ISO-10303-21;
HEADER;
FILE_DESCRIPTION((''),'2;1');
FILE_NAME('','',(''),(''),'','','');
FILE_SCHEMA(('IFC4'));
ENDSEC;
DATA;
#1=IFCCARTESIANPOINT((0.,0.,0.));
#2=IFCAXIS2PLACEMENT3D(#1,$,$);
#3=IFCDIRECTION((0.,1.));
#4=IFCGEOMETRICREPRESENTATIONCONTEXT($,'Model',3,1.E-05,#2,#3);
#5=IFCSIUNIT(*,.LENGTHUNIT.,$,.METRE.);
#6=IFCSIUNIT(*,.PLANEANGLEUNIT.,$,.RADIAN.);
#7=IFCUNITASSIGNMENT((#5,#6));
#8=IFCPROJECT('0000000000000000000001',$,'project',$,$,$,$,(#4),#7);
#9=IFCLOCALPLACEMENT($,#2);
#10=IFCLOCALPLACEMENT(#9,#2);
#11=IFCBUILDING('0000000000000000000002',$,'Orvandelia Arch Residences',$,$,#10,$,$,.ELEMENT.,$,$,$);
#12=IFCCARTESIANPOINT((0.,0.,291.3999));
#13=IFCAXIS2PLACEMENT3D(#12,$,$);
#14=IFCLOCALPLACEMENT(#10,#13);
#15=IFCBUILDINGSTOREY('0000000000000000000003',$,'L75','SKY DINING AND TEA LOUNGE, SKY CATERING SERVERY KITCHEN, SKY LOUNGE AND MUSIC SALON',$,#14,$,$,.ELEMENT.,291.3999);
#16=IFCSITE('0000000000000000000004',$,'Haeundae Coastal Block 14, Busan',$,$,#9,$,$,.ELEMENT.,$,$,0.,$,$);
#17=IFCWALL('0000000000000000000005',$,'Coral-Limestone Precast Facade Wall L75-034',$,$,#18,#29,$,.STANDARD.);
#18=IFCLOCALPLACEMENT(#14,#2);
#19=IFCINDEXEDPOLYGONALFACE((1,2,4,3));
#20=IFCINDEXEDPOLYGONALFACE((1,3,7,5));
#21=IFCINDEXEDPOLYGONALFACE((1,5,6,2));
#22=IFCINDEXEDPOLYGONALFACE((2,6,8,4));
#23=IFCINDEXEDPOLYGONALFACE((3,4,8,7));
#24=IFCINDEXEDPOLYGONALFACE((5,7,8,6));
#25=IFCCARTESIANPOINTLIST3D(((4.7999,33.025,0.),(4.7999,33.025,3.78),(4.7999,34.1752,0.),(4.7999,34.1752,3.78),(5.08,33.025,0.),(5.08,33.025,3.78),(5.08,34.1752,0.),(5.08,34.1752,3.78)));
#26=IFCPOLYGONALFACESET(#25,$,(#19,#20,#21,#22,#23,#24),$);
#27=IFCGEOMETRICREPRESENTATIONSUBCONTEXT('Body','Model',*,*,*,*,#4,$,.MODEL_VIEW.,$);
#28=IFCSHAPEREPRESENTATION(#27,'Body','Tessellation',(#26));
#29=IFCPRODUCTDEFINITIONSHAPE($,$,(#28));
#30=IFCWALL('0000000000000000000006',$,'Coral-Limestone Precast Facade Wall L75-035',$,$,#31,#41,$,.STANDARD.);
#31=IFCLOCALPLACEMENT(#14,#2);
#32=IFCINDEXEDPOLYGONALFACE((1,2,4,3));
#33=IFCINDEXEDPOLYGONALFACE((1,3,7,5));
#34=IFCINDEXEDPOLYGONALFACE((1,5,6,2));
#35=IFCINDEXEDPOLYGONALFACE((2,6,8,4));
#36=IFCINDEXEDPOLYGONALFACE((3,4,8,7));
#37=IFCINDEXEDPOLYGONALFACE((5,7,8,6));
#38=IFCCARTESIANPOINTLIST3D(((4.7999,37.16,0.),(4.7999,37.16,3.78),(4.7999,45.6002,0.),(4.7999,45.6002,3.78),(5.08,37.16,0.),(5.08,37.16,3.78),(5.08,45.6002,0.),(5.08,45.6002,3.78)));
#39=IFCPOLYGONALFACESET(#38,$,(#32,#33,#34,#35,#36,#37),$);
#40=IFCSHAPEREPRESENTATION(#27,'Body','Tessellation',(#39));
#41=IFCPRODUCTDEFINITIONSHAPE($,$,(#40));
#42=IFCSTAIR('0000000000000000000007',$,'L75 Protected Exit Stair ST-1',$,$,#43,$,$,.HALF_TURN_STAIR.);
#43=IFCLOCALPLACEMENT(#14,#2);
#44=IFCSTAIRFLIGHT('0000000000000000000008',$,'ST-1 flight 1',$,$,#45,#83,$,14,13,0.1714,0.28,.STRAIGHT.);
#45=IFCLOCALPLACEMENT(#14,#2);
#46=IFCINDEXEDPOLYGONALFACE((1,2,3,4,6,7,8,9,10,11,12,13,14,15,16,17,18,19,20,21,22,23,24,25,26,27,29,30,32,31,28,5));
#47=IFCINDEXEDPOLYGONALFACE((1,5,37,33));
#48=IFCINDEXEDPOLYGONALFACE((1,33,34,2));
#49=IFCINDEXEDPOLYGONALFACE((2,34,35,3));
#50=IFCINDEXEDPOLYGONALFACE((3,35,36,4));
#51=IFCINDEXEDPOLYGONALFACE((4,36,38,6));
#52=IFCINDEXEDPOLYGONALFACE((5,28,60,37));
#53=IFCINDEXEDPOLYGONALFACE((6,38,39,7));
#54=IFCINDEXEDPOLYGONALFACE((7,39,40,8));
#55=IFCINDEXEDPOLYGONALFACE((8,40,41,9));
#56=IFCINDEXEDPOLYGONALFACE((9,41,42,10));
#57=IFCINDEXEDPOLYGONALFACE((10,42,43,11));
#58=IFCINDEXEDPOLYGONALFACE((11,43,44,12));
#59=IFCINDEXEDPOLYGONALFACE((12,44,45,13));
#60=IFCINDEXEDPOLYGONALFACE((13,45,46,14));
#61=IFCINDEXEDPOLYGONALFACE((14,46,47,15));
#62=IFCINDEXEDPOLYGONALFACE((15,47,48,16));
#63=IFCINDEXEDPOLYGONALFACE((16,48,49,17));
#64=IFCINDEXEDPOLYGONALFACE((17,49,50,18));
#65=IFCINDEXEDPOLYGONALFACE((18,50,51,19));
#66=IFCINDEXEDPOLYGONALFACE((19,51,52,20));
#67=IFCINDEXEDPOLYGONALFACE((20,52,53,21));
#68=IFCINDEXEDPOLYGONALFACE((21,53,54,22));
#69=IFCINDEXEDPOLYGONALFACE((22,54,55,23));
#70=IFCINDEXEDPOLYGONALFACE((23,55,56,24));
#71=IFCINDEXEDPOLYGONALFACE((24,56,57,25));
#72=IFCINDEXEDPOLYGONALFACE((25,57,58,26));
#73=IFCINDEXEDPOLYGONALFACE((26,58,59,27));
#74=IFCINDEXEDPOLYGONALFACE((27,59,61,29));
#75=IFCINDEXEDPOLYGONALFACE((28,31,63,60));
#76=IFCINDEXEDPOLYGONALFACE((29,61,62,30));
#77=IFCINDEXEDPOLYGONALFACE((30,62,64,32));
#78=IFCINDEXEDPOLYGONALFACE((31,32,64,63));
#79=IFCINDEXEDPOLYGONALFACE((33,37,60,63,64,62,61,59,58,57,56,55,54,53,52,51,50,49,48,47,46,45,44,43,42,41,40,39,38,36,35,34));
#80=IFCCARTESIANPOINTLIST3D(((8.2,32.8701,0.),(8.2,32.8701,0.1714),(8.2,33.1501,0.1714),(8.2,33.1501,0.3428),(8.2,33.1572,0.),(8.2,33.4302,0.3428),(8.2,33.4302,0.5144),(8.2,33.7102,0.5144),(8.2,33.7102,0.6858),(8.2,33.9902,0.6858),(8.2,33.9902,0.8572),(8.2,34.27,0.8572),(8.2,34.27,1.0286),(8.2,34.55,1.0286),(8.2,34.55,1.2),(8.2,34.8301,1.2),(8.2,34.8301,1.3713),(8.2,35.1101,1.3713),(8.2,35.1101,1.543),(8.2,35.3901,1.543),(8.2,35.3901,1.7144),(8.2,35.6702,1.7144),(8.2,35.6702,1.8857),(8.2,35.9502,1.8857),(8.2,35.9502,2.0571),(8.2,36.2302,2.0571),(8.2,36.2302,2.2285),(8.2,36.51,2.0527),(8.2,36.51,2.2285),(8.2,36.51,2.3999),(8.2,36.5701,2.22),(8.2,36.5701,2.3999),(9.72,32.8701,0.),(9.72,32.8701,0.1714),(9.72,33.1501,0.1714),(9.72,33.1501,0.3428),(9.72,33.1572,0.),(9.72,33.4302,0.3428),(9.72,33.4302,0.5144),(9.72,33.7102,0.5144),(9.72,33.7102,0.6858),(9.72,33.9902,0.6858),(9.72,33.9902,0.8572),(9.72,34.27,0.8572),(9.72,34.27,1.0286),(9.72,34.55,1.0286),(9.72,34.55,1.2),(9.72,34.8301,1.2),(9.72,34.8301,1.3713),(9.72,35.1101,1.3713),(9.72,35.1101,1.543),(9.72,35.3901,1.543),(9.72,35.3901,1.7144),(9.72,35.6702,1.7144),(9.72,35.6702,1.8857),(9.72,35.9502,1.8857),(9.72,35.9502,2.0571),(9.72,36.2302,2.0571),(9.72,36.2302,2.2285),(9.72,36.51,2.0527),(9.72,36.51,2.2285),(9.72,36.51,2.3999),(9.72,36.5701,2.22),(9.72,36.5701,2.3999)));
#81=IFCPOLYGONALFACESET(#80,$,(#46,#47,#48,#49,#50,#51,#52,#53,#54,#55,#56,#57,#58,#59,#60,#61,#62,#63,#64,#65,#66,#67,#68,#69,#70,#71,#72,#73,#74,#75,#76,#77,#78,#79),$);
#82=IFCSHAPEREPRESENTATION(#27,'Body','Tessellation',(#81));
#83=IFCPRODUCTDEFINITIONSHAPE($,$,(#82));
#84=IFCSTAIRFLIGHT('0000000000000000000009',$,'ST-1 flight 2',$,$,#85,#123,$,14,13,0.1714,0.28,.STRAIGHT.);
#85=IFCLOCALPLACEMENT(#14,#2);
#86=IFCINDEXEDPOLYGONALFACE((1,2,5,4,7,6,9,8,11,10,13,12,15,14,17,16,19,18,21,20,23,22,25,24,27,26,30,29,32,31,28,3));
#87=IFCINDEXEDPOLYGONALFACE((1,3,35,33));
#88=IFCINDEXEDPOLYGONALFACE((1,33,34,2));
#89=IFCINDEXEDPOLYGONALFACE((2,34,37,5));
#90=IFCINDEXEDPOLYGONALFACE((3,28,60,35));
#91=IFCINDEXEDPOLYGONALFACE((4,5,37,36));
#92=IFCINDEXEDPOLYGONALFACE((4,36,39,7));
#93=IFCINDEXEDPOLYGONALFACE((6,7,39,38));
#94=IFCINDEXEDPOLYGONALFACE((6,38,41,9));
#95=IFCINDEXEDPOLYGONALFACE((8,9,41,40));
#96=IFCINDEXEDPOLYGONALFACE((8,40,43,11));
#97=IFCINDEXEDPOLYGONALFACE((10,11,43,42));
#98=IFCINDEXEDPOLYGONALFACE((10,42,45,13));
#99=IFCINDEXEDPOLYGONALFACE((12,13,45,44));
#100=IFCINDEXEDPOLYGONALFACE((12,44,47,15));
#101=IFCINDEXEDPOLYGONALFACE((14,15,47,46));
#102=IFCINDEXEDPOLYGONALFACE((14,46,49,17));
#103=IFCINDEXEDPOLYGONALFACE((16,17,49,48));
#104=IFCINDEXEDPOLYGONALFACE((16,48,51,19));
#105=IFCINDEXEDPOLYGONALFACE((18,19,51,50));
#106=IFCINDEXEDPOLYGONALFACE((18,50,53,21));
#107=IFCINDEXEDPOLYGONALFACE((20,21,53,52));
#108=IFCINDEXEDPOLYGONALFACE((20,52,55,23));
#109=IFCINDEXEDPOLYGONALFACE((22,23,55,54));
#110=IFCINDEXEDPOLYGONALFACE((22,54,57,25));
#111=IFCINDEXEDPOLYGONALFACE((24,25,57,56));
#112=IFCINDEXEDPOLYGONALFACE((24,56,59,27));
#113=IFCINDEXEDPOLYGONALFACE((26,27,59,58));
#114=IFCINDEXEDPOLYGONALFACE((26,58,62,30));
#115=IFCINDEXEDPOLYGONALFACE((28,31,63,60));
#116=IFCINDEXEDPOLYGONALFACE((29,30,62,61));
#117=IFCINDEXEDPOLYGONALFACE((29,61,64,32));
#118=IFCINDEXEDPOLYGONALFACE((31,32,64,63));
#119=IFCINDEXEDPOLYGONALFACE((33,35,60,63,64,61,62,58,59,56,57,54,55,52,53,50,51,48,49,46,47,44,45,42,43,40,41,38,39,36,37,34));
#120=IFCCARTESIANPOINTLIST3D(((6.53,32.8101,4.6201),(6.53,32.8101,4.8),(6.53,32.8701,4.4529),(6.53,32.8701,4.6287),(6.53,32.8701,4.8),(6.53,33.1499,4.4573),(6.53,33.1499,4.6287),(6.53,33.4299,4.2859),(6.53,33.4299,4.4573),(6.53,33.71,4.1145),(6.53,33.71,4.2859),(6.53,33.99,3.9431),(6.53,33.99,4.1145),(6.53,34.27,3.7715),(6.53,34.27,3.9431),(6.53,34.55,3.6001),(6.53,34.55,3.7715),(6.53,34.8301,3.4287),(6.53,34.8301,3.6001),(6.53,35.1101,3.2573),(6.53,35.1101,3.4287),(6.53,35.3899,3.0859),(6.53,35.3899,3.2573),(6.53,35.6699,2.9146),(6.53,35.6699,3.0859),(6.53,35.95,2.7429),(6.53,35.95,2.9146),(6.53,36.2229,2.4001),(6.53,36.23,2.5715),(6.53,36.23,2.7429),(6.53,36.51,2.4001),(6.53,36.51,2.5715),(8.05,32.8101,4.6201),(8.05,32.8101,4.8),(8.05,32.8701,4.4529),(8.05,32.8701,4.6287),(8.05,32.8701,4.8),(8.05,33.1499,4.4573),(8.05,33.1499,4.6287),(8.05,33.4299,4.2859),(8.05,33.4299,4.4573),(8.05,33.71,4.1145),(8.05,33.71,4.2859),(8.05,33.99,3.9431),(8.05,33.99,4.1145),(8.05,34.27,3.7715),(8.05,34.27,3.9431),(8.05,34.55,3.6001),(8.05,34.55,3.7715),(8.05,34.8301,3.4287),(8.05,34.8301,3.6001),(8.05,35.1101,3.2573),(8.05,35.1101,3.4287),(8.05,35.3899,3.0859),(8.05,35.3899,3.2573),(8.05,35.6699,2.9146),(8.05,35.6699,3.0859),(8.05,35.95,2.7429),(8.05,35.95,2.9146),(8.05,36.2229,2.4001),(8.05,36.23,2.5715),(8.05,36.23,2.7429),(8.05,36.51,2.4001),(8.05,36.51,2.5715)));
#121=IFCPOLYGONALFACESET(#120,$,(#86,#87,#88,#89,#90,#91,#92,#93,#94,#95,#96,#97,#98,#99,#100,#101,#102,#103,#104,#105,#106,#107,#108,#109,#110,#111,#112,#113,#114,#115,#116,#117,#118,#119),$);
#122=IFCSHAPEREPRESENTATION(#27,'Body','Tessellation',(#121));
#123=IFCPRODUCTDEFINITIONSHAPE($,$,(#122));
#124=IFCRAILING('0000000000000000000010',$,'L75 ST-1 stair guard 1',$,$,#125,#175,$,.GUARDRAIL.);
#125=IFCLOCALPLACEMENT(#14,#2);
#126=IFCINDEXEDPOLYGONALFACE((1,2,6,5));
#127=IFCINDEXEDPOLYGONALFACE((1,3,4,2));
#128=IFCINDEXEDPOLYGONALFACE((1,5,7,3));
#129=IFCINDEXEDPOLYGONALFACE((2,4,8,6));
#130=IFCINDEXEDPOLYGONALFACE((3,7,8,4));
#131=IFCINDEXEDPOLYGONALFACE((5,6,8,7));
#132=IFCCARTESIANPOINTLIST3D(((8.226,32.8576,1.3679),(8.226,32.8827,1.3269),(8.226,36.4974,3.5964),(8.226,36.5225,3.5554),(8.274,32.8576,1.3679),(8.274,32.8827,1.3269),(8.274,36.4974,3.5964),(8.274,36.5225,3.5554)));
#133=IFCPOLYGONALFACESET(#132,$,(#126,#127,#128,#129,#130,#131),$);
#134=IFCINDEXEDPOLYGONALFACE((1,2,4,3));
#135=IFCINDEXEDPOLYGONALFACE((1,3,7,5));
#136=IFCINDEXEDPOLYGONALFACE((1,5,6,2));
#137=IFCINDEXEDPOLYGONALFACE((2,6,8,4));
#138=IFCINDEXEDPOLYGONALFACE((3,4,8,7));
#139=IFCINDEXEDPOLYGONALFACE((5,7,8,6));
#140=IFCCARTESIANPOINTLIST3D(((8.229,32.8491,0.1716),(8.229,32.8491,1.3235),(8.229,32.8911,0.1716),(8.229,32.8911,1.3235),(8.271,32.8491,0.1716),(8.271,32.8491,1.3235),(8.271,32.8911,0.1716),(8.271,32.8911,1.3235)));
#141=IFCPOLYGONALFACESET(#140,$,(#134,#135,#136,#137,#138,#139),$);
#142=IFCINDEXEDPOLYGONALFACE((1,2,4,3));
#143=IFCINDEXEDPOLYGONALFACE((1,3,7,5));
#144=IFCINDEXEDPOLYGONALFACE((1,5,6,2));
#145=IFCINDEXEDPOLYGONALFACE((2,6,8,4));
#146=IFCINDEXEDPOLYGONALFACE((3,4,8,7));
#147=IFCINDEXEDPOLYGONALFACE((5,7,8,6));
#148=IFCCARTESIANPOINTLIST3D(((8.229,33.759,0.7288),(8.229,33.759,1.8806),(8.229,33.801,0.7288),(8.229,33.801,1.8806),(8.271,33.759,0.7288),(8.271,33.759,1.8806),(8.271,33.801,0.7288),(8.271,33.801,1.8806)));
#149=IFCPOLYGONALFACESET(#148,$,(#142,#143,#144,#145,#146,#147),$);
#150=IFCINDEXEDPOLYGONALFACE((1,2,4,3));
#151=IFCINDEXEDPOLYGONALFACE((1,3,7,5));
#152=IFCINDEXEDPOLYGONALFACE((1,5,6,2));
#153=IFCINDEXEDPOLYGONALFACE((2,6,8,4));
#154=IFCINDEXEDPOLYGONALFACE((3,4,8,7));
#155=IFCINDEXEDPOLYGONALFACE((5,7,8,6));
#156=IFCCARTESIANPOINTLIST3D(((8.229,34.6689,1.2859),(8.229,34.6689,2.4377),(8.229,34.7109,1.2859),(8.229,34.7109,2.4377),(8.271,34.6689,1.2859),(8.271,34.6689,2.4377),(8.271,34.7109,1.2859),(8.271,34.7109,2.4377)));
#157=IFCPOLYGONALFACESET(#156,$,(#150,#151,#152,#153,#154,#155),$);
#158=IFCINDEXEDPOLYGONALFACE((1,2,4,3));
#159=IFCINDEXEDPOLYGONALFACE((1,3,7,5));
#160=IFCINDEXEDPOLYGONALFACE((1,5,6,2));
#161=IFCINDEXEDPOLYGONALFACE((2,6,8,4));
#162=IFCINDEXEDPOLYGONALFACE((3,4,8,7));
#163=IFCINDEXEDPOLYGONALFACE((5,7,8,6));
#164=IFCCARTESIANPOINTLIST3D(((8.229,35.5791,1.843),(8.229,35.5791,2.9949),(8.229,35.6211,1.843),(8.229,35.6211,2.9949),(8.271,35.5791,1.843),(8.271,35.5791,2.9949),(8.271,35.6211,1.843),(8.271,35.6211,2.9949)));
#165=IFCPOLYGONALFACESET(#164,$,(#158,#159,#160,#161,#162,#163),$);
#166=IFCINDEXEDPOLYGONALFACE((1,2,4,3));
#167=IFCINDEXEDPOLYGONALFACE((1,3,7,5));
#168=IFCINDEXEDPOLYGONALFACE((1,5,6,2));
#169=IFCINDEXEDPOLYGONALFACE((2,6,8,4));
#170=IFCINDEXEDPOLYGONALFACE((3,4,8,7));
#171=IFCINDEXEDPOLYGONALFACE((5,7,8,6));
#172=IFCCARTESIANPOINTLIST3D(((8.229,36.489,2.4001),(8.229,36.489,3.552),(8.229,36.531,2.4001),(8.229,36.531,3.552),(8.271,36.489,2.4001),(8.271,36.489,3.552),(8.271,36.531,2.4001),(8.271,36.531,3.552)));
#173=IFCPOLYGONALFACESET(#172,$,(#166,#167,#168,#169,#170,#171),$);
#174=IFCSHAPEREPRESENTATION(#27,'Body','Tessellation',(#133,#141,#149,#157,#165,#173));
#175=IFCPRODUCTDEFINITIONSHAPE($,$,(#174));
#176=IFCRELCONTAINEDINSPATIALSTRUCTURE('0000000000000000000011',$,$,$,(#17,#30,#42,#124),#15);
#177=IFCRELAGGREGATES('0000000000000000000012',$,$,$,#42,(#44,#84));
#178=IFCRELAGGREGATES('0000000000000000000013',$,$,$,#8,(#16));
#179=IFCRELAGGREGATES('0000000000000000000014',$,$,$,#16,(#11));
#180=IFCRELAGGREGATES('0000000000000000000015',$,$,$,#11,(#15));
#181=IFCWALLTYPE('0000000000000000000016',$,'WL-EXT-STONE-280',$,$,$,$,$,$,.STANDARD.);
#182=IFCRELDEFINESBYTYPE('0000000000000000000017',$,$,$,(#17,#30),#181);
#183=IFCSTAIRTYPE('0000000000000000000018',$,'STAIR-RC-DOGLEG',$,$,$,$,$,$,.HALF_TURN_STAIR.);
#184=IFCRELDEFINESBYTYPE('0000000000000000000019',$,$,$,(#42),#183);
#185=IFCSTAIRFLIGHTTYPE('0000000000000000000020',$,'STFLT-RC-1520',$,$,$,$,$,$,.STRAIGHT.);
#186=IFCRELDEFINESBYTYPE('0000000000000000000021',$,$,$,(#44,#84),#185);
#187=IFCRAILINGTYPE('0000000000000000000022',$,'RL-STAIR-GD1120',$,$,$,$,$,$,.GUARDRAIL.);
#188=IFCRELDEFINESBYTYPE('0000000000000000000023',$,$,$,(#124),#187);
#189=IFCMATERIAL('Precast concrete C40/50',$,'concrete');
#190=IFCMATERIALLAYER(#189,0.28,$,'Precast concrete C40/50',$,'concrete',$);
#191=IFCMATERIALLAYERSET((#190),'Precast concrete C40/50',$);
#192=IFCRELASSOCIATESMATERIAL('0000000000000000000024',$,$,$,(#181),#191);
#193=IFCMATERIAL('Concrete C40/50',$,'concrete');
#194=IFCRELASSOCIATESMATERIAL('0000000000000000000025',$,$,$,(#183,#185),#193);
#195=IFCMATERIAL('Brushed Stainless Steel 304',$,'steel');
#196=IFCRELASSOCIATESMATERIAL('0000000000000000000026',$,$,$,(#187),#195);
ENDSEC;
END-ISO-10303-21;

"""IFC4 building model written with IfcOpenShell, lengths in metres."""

from ifc_helpers import new_model, si_unit, direction, frame, frame_2d, origin, origin_2d, place, context, subcontext, project, spatial, polyline, rectangle, outline, extrude, material, layer, layer_set, type_object, element, aggregate, save


model = new_model("IFC4")

# Units and contexts
model_context = context("Model", 3, precision=1e-05, world=origin(), true_north=direction((0.0, 1.0)))
body_context = subcontext(model_context, "Body", "Model", "MODEL_VIEW")
ifc_project = project(units=[si_unit("LENGTHUNIT", "METRE"), si_unit("PLANEANGLEUNIT", "RADIAN")], contexts=[model_context])

# Site, building, storey
site_placement = place(None, origin())
site = spatial("IfcSite", under=ifc_project, at=site_placement, Name="Haeundae Coastal Block 14, Busan", CompositionType="ELEMENT", RefElevation=0.0)
building_placement = place(site_placement, origin())
building = spatial("IfcBuilding", under=site, at=building_placement, Name="Orvandelia Arch Residences", CompositionType="ELEMENT")
storey_placement = place(building_placement, frame((0.0, 0.0, 291.3999)))
storey = spatial("IfcBuildingStorey", under=building, at=storey_placement, Name="L75", Description="SKY DINING AND TEA LOUNGE, SKY CATERING SERVERY KITCHEN, SKY LOUNGE AND MUSIC SALON", CompositionType="ELEMENT", Elevation=291.3999)

# Walls
ifc_material_1 = material(Name="Precast concrete C40/50", Category="concrete")
ifc_layer_1 = layer(ifc_material_1, 0.28, Name="Precast concrete C40/50", Category="concrete")
ifc_layer_set_1 = layer_set([ifc_layer_1], Name="Precast concrete C40/50")
wall_type_1 = type_object("IfcWallType", Name="WL-EXT-STONE-280", PredefinedType="STANDARD", material=ifc_layer_set_1)
wall_1_placement = place(storey_placement, frame((4.9399, 33.0249, 0.0), z_axis=(0.0, 0.0, 1.0), x_axis=(0.0, 1.0, 0.0)))
element("IfcWall", 1, at=wall_1_placement, inside=storey, type_object=wall_type_1, Name="Coral-Limestone Precast Facade Wall L75-034", PredefinedType="STANDARD", context=body_context, shape_type="SweptSolid", body=[
    extrude(rectangle(XDim=1.1501, YDim=0.28, at=frame_2d((0.5752, 0.0))), origin(), (0.0, 0.0, 1.0), 3.78),
])
wall_2_placement = place(storey_placement, frame((4.9399, 37.1599, 0.0), z_axis=(0.0, 0.0, 1.0), x_axis=(0.0, 1.0, 0.0)))
element("IfcWall", 2, at=wall_2_placement, inside=storey, type_object=wall_type_1, Name="Coral-Limestone Precast Facade Wall L75-035", PredefinedType="STANDARD", context=body_context, shape_type="SweptSolid", body=[
    extrude(rectangle(XDim=8.4402, YDim=0.28, at=frame_2d((4.2202, 0.0))), origin(), (0.0, 0.0, 1.0), 3.78),
])

# Stair, stair flights
ifc_material_2 = material(Name="Concrete C40/50", Category="concrete")
stair_type = type_object("IfcStairType", Name="STAIR-RC-DOGLEG", PredefinedType="HALF_TURN_STAIR", material=ifc_material_2)
stair_placement = place(storey_placement, origin())
stair = element("IfcStair", 3, at=stair_placement, inside=storey, type_object=stair_type, Name="L75 Protected Exit Stair ST-1", PredefinedType="HALF_TURN_STAIR")
stair_flight_type = type_object("IfcStairFlightType", Name="STFLT-RC-1520", PredefinedType="STRAIGHT", material=ifc_material_2)
stair_flight_1_placement = place(storey_placement, frame((8.96, 32.8701, 0.0), z_axis=(0.0, 0.0, 1.0), x_axis=(0.0, 1.0, 0.0)))
stair_flight_1 = element("IfcStairFlight", 4, at=stair_flight_1_placement, type_object=stair_flight_type, Name="ST-1 flight 1", NumberOfRisers=14, NumberOfTreads=13, PredefinedType="STRAIGHT", RiserHeight=0.1714, TreadLength=0.28, context=body_context, shape_type="SweptSolid", body=[
    extrude(outline(polyline([(0.0, 0.0), (0.0, 0.1714), (0.28, 0.1714), (0.28, 0.3428), (0.5601, 0.3428), (0.5601, 0.5144), (0.8401, 0.5144), (0.8401, 0.6858), (1.1201, 0.6858), (1.1201, 0.8572), (1.3999, 0.8572), (1.3999, 1.0286), (1.6799, 1.0286), (1.6799, 1.2), (1.96, 1.2), (1.96, 1.3713), (2.24, 1.3713), (2.24, 1.543), (2.52, 1.543), (2.52, 1.7144), (2.8, 1.7144), (2.8, 1.8857), (3.0801, 1.8857), (3.0801, 2.0571), (3.3601, 2.0571), (3.3601, 2.2285), (3.6399, 2.2285), (3.6399, 2.3999), (3.7, 2.3999), (3.7, 2.22), (3.6399, 2.0527), (0.2871, 0.0), (0.0, 0.0)])), frame((0.0, 0.76, 0.0), z_axis=(0.0, -1.0, 0.0), x_axis=(1.0, 0.0, 0.0)), (0.0, 0.0, 1.0), 1.52),
])
stair_flight_2_placement = place(storey_placement, frame((7.29, 36.51, 2.4001), z_axis=(0.0, 0.0, 1.0), x_axis=(0.0, -1.0, 0.0)))
stair_flight_2 = element("IfcStairFlight", 5, at=stair_flight_2_placement, type_object=stair_flight_type, Name="ST-1 flight 2", NumberOfRisers=14, NumberOfTreads=13, PredefinedType="STRAIGHT", RiserHeight=0.1714, TreadLength=0.28, context=body_context, shape_type="SweptSolid", body=[
    extrude(outline(polyline([(0.0, 0.0), (0.0, 0.1714), (0.28, 0.1714), (0.28, 0.3428), (0.5601, 0.3428), (0.5601, 0.5144), (0.8401, 0.5144), (0.8401, 0.6858), (1.1201, 0.6858), (1.1201, 0.8572), (1.3999, 0.8572), (1.3999, 1.0286), (1.6799, 1.0286), (1.6799, 1.2), (1.96, 1.2), (1.96, 1.3713), (2.24, 1.3713), (2.24, 1.543), (2.52, 1.543), (2.52, 1.7144), (2.8, 1.7144), (2.8, 1.8857), (3.0801, 1.8857), (3.0801, 2.0571), (3.3601, 2.0571), (3.3601, 2.2285), (3.6399, 2.2285), (3.6399, 2.3999), (3.7, 2.3999), (3.7, 2.22), (3.6399, 2.0527), (0.2871, 0.0), (0.0, 0.0)])), frame((0.0, 0.76, 0.0), z_axis=(0.0, -1.0, 0.0), x_axis=(1.0, 0.0, 0.0)), (0.0, 0.0, 1.0), 1.52),
])
aggregate(stair, [stair_flight_1, stair_flight_2])

# Railing
ifc_material_3 = material(Name="Brushed Stainless Steel 304", Category="steel")
railing_type_1 = type_object("IfcRailingType", Name="RL-STAIR-GD1120", PredefinedType="GUARDRAIL", material=ifc_material_3)
railing_1_placement = place(storey_placement, frame((8.25, 32.8701, 0.1716)))
element("IfcRailing", 6, at=railing_1_placement, inside=storey, type_object=railing_type_1, Name="L75 ST-1 stair guard 1", PredefinedType="GUARDRAIL", context=body_context, shape_type="SweptSolid", body=[
    extrude(rectangle(XDim=0.0481, YDim=0.0481, at=origin_2d()), frame((0.0, 0.0, 1.1758), z_axis=(0.0, 0.85285, 0.522156), x_axis=(-1.0, 0.0, 0.0)), (0.0, 0.0, 1.0), 4.2678),
    extrude(rectangle(XDim=0.042, YDim=0.042, at=origin_2d()), origin(), (0.0, 0.0, 1.0), 1.1519),
    extrude(rectangle(XDim=0.042, YDim=0.042, at=origin_2d()), frame((0.0, 0.9099, 0.5571)), (0.0, 0.0, 1.0), 1.1519),
    extrude(rectangle(XDim=0.042, YDim=0.042, at=origin_2d()), frame((0.0, 1.8198, 1.1143)), (0.0, 0.0, 1.0), 1.1519),
    extrude(rectangle(XDim=0.042, YDim=0.042, at=origin_2d()), frame((0.0, 2.73, 1.6714)), (0.0, 0.0, 1.0), 1.1519),
    extrude(rectangle(XDim=0.042, YDim=0.042, at=origin_2d()), frame((0.0, 3.6399, 2.2285)), (0.0, 0.0, 1.0), 1.1519),
])

save(model, "model.ifc")
